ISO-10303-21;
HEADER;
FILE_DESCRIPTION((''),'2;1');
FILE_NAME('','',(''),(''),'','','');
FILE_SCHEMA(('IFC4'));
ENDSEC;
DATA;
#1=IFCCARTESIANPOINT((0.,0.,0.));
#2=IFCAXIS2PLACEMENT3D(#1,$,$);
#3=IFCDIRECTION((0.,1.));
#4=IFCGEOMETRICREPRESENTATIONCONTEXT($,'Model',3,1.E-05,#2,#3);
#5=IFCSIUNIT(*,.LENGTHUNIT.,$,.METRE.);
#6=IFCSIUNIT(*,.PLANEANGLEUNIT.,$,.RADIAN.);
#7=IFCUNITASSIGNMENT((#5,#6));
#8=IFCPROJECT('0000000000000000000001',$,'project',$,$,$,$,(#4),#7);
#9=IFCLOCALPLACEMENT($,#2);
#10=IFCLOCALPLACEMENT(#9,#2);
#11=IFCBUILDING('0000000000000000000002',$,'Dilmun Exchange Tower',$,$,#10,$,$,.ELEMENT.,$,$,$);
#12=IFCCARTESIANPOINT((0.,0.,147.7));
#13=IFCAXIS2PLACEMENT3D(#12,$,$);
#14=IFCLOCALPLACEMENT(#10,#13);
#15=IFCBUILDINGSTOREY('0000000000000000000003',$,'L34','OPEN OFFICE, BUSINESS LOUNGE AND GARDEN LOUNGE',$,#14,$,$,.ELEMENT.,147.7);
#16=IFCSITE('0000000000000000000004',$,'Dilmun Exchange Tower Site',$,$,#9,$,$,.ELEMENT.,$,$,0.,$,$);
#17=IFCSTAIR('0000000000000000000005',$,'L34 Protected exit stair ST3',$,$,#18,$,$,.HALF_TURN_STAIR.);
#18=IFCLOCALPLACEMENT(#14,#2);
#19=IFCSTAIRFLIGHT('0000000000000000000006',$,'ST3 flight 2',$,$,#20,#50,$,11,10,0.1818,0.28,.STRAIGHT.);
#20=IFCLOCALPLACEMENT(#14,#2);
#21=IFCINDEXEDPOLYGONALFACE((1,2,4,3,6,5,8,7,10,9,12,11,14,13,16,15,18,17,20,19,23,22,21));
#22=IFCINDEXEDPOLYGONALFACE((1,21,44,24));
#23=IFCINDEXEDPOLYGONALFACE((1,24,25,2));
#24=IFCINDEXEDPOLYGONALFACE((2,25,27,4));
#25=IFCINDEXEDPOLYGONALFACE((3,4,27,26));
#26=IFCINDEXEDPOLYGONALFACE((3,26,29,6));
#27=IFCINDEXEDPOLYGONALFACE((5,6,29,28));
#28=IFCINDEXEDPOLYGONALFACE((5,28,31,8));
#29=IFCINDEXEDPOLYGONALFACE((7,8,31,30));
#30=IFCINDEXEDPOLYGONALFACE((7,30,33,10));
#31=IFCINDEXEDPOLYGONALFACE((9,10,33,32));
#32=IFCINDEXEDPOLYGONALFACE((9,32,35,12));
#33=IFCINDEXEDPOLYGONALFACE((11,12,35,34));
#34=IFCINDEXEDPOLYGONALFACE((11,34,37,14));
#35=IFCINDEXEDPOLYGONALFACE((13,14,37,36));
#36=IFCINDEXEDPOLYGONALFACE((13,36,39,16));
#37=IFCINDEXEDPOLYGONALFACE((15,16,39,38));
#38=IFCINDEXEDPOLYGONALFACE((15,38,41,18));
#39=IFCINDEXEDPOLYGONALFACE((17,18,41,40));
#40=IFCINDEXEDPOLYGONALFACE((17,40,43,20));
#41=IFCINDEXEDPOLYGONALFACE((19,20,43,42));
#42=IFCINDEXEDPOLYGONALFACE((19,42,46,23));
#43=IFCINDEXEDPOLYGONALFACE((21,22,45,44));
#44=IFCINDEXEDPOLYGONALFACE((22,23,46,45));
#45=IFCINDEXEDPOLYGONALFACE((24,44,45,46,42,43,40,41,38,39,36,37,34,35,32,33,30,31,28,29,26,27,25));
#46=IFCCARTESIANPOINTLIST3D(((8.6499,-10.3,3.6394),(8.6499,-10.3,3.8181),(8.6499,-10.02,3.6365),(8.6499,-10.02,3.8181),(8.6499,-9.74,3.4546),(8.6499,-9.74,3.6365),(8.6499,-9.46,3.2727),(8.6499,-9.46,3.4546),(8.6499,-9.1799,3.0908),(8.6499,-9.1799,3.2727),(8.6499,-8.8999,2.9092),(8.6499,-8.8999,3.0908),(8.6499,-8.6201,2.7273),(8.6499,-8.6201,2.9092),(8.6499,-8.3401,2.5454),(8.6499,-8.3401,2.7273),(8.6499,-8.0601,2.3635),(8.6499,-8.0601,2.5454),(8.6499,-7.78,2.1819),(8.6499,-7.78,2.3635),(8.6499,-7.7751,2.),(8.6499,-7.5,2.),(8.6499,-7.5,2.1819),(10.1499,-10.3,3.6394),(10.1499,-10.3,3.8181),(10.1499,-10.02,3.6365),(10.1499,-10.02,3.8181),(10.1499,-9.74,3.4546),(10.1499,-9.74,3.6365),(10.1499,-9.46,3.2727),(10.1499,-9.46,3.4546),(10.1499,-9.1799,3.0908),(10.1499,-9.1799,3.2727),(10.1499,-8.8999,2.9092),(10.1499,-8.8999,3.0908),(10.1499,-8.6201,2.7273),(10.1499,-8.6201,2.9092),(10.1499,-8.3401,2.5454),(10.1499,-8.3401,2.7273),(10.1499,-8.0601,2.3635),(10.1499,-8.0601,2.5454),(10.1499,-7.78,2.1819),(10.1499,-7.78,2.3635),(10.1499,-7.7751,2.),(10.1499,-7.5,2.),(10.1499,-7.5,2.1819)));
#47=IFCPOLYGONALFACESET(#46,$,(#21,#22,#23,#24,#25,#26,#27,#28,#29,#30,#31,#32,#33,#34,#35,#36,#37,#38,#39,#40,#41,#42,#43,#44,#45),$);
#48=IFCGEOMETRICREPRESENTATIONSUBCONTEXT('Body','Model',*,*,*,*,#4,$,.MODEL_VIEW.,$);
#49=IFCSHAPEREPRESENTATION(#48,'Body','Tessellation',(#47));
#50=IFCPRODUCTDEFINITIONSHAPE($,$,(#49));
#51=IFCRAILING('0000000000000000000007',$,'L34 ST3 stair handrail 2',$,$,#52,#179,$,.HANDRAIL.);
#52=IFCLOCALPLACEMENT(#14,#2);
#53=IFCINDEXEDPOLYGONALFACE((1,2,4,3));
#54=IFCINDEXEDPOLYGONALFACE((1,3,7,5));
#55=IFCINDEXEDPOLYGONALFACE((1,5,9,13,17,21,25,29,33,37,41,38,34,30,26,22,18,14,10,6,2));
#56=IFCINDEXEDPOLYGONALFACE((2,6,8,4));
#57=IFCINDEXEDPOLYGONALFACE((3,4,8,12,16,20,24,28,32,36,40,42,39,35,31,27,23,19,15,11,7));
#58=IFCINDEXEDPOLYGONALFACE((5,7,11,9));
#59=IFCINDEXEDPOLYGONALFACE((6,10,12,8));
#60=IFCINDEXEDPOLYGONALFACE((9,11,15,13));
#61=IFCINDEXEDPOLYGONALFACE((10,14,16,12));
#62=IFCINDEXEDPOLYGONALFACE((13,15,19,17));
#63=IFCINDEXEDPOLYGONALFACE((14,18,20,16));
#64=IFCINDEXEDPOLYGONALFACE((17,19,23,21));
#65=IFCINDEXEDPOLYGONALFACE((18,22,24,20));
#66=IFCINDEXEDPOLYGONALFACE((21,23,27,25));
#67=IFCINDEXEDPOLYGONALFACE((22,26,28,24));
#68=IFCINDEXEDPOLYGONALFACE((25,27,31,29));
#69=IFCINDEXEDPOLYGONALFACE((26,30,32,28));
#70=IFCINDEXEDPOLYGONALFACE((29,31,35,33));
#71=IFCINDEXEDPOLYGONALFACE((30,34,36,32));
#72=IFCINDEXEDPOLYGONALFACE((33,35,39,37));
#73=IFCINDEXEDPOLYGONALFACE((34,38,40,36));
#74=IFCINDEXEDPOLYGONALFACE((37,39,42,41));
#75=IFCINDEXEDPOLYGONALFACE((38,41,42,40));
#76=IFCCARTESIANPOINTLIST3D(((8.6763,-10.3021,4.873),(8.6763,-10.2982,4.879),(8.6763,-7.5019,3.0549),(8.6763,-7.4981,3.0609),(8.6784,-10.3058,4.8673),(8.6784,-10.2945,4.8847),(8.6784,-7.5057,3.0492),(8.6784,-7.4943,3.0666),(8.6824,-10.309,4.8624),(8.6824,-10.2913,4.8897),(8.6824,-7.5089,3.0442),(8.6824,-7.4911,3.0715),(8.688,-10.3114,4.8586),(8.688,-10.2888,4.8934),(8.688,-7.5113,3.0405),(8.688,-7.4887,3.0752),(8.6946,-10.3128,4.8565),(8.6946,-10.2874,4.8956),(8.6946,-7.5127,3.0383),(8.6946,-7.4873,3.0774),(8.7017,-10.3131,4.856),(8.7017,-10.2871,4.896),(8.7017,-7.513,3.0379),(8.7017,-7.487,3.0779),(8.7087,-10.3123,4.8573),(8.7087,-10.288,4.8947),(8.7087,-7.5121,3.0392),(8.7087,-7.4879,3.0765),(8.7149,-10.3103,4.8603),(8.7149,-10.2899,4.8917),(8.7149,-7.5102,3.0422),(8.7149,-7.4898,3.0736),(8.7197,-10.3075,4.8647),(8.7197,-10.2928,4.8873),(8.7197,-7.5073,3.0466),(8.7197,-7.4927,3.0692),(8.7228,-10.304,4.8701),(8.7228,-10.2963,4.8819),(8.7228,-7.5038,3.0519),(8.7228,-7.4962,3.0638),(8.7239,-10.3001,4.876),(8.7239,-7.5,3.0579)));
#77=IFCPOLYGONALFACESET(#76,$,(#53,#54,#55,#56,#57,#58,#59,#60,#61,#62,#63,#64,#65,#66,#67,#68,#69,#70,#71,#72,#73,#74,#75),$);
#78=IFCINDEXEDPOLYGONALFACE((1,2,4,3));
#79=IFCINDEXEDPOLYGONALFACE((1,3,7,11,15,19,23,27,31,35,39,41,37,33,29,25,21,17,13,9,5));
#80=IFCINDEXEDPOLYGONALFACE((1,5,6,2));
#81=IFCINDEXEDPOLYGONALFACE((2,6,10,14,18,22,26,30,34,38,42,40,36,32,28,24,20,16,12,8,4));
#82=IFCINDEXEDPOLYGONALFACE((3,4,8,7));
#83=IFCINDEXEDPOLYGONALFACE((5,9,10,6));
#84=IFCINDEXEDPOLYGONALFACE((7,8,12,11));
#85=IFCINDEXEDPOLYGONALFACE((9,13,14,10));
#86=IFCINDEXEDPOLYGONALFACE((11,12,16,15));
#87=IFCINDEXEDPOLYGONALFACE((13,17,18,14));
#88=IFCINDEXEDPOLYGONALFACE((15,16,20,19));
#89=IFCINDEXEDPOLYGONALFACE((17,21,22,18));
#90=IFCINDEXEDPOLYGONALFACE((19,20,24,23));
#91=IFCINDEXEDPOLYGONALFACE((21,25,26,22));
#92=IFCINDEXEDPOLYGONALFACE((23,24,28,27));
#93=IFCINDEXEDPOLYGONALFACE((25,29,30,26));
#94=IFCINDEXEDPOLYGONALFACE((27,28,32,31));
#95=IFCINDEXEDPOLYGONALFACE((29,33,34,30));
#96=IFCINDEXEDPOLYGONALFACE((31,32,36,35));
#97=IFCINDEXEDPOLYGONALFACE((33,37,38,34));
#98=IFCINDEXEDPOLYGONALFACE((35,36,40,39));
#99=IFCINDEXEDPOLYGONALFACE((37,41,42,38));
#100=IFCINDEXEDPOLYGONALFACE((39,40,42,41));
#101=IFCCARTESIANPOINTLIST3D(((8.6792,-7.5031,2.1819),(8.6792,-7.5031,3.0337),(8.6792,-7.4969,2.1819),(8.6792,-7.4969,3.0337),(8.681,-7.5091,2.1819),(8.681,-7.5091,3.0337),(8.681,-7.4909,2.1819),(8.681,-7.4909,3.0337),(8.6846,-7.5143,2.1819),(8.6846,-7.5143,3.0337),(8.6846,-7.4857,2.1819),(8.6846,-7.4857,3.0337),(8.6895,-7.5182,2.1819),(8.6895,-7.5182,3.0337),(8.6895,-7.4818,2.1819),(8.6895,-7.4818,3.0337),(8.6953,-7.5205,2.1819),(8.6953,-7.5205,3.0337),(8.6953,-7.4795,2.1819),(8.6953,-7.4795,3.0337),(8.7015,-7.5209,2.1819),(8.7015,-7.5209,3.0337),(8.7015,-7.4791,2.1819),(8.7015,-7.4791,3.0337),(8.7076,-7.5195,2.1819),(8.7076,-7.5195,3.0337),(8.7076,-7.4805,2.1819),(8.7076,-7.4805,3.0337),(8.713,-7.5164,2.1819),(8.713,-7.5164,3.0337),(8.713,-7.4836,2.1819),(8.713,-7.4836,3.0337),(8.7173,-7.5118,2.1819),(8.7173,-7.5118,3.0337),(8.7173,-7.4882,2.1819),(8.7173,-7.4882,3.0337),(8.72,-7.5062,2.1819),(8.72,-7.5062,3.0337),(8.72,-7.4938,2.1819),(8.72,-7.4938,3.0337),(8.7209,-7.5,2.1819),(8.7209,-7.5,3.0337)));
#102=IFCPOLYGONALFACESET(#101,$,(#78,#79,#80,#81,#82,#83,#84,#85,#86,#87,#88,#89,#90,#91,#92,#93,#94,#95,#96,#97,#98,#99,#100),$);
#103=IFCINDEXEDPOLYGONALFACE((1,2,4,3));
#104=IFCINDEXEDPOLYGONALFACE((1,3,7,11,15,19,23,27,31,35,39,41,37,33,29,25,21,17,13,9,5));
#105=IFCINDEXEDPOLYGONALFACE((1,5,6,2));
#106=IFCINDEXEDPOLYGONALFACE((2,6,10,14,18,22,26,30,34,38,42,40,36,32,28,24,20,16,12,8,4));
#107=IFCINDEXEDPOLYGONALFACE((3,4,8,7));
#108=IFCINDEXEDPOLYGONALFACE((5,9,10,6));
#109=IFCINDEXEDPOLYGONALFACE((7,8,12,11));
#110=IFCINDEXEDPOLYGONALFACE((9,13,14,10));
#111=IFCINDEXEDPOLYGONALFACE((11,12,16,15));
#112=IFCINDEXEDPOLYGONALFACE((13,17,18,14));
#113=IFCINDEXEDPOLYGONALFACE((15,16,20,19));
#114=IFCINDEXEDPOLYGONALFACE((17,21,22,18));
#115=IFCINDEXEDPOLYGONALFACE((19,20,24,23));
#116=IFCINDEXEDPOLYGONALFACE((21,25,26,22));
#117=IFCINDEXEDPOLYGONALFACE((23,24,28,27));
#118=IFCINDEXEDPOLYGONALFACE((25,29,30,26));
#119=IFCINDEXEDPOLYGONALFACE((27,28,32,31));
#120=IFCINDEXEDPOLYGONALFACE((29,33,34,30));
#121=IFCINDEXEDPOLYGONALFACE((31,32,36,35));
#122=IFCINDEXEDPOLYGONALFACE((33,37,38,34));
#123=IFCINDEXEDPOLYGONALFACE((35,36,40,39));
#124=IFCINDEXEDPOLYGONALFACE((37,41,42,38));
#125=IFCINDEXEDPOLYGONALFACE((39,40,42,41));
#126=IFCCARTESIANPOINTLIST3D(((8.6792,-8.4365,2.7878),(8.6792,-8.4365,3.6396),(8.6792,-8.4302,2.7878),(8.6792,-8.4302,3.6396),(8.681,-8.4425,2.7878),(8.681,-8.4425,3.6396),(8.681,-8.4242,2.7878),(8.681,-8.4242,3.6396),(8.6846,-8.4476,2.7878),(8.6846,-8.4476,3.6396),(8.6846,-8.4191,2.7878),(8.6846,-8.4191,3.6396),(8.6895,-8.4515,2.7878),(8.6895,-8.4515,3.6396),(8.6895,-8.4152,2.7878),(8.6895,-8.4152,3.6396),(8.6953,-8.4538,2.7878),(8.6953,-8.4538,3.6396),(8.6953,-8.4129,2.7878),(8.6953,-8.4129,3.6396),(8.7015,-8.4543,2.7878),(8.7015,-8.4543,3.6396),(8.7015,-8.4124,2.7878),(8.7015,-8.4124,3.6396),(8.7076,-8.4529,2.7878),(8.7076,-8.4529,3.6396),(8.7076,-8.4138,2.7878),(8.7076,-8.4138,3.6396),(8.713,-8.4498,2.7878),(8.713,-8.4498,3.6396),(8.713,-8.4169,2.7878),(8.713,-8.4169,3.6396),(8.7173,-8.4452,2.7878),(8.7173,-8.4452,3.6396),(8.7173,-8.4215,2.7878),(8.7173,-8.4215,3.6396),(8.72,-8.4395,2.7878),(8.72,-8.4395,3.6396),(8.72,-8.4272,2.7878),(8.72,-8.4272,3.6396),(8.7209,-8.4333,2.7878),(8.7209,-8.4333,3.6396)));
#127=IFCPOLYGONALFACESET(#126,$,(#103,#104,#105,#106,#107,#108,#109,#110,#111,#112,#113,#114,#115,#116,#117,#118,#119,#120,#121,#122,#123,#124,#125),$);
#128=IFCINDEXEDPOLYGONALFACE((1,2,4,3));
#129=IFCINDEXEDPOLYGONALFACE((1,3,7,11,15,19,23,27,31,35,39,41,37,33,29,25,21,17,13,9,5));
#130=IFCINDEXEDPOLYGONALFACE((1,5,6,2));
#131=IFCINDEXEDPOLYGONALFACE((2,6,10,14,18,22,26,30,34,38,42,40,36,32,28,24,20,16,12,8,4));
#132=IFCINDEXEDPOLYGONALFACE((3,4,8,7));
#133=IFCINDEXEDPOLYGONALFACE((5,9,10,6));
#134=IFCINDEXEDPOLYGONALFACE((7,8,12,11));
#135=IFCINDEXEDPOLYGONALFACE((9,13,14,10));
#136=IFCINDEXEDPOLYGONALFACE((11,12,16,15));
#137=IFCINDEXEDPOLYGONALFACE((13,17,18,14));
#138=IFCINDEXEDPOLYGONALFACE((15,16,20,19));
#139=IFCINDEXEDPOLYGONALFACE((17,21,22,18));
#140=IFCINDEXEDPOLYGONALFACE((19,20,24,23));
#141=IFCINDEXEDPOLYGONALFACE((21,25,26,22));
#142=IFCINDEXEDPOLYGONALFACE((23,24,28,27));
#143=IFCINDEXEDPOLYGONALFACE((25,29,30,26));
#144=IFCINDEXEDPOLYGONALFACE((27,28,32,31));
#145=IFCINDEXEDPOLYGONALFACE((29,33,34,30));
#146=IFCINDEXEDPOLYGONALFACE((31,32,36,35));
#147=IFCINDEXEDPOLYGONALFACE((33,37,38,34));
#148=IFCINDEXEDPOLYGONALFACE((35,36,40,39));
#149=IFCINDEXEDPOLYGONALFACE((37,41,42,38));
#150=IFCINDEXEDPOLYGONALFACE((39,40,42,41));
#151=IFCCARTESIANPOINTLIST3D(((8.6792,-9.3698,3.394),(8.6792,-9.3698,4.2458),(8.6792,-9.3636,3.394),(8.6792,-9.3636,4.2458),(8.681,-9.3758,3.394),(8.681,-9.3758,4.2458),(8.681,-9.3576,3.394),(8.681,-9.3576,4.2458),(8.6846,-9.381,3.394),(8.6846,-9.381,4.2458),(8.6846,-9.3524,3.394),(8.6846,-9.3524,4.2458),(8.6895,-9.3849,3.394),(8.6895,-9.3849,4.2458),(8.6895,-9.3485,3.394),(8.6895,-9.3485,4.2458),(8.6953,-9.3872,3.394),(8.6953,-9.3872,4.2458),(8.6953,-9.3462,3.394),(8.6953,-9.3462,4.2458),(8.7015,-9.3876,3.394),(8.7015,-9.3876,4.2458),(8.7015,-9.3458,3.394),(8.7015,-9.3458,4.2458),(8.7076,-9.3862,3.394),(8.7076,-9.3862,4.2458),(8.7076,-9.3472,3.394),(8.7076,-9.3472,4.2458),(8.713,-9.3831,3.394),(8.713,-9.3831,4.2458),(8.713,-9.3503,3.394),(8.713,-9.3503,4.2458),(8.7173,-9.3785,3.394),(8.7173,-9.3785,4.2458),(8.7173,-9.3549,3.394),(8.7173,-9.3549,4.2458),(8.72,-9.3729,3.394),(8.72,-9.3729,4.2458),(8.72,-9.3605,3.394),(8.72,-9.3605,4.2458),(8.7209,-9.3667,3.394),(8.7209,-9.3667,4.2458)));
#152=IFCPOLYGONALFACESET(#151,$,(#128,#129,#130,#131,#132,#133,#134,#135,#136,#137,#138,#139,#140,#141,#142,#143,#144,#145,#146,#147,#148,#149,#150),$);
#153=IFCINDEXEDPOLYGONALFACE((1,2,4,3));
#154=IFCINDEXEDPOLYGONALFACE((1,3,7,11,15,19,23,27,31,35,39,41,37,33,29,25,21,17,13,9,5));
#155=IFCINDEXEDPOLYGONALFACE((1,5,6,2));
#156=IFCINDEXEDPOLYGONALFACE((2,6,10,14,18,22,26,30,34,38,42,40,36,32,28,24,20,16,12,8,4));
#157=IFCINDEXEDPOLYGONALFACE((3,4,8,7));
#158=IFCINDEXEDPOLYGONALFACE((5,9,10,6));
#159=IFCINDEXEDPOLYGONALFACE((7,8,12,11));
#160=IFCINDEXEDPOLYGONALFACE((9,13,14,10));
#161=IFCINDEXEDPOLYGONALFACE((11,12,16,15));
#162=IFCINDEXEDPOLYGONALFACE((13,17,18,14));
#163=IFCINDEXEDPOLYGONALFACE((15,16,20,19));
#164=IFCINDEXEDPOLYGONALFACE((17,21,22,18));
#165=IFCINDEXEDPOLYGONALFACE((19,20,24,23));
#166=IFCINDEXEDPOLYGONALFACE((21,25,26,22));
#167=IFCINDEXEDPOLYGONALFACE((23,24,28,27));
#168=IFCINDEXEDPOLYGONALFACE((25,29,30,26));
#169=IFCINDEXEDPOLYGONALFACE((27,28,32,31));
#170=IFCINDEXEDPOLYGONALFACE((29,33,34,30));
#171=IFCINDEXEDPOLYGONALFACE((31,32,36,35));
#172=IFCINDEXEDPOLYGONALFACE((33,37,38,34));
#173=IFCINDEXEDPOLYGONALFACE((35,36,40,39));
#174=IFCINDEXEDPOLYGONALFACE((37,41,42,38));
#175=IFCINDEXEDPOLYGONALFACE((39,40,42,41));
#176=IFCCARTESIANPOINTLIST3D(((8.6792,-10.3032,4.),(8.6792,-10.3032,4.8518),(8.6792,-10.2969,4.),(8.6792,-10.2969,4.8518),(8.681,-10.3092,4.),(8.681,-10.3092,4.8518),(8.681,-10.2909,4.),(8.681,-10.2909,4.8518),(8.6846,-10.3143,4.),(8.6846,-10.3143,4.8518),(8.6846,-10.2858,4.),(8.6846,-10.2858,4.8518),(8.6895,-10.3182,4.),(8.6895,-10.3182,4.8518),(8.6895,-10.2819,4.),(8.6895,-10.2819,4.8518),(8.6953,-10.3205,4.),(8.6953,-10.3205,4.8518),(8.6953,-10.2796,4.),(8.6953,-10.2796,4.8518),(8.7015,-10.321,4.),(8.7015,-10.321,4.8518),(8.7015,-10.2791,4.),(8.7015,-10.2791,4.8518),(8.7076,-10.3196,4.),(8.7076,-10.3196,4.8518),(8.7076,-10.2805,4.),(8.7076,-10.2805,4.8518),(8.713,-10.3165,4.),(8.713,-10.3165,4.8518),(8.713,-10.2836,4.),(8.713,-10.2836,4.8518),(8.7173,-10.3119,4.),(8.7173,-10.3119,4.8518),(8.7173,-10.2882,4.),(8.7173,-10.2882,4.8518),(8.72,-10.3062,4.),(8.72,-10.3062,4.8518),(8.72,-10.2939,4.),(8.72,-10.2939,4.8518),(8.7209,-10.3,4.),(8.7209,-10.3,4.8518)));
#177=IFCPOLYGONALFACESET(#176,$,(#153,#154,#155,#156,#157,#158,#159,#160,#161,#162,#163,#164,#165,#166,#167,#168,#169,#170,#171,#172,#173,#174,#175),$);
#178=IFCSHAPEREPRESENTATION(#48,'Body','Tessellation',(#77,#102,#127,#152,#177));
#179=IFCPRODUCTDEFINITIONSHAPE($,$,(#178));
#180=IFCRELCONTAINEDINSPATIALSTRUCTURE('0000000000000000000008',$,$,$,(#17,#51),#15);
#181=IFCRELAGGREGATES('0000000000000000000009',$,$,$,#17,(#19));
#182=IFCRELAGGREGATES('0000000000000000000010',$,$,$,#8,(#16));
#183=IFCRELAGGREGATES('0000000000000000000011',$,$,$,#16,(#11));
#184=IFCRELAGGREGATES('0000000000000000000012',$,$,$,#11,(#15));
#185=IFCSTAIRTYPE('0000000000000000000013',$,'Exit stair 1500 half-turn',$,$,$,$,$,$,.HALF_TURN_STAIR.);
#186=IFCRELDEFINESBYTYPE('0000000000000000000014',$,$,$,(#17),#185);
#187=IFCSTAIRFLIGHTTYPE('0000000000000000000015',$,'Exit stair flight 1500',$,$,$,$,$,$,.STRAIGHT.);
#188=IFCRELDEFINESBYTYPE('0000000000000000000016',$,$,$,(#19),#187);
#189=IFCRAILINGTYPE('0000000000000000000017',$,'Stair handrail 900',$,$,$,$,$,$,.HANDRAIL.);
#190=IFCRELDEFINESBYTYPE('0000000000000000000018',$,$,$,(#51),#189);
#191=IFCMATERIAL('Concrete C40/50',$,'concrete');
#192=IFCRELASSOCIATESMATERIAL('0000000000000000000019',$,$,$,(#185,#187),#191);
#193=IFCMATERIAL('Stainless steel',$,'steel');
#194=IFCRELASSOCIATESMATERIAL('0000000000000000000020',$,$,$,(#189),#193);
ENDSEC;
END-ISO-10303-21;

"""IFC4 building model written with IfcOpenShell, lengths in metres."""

from ifc_helpers import new_model, si_unit, direction, frame, origin, origin_2d, place, context, subcontext, project, spatial, polyline, circle, outline, extrude, material, type_object, element, aggregate, save


model = new_model("IFC4")

# Units and contexts
model_context = context("Model", 3, precision=1e-05, world=origin(), true_north=direction((0.0, 1.0)))
body_context = subcontext(model_context, "Body", "Model", "MODEL_VIEW")
ifc_project = project(units=[si_unit("LENGTHUNIT", "METRE"), si_unit("PLANEANGLEUNIT", "RADIAN")], contexts=[model_context])

# Site, building, storey
site_placement = place(None, origin())
site = spatial("IfcSite", under=ifc_project, at=site_placement, Name="Dilmun Exchange Tower Site", CompositionType="ELEMENT", RefElevation=0.0)
building_placement = place(site_placement, origin())
building = spatial("IfcBuilding", under=site, at=building_placement, Name="Dilmun Exchange Tower", CompositionType="ELEMENT")
storey_placement = place(building_placement, frame((0.0, 0.0, 147.7)))
storey = spatial("IfcBuildingStorey", under=building, at=storey_placement, Name="L34", Description="OPEN OFFICE, BUSINESS LOUNGE AND GARDEN LOUNGE", CompositionType="ELEMENT", Elevation=147.7)

# Shared definitions
ifc_material_1 = material(Name="Concrete C40/50", Category="concrete")

# Stair, stair flight
stair_type = type_object("IfcStairType", Name="Exit stair 1500 half-turn", PredefinedType="HALF_TURN_STAIR", material=ifc_material_1)
stair_placement = place(storey_placement, origin())
stair = element("IfcStair", 1, at=stair_placement, inside=storey, type_object=stair_type, Name="L34 Protected exit stair ST3", PredefinedType="HALF_TURN_STAIR")
stair_flight_type = type_object("IfcStairFlightType", Name="Exit stair flight 1500", PredefinedType="STRAIGHT", material=ifc_material_1)
stair_flight_1_placement = place(storey_placement, frame((9.3999, -7.5, 2.0), z_axis=(0.0, 0.0, 1.0), x_axis=(0.0, -1.0, 0.0)))
stair_flight_1 = element("IfcStairFlight", 2, at=stair_flight_1_placement, type_object=stair_flight_type, Name="ST3 flight 2", NumberOfRisers=11, NumberOfTreads=10, PredefinedType="STRAIGHT", RiserHeight=0.1818, TreadLength=0.28, context=body_context, shape_type="SweptSolid", body=[
    extrude(outline(polyline([(0.0, 0.0), (0.0, 0.1819), (0.28, 0.1819), (0.28, 0.3635), (0.5601, 0.3635), (0.5601, 0.5454), (0.8401, 0.5454), (0.8401, 0.7273), (1.1201, 0.7273), (1.1201, 0.9092), (1.3999, 0.9092), (1.3999, 1.0908), (1.6799, 1.0908), (1.6799, 1.2727), (1.96, 1.2727), (1.96, 1.4546), (2.24, 1.4546), (2.24, 1.6365), (2.52, 1.6365), (2.52, 1.8181), (2.8, 1.8181), (2.8, 2.0), (2.8, 1.6394), (0.2751, 0.0), (0.0, 0.0)])), frame((0.0, 0.75, 0.0), z_axis=(0.0, -1.0, 0.0), x_axis=(1.0, 0.0, 0.0)), (0.0, 0.0, 1.0), 1.5),
])
aggregate(stair, [stair_flight_1])

# Railing
ifc_material_2 = material(Name="Stainless steel", Category="steel")
railing_type = type_object("IfcRailingType", Name="Stair handrail 900", PredefinedType="HANDRAIL", material=ifc_material_2)
railing_placement = place(storey_placement, frame((8.7, -7.5, 2.1819)))
element("IfcRailing", 3, at=railing_placement, inside=storey, type_object=railing_type, Name="L34 ST3 stair handrail 2", PredefinedType="HANDRAIL", context=body_context, shape_type="SweptSolid", body=[
    extrude(circle(Radius=0.0239, at=origin_2d()), frame((0.0, 0.0, 0.876), z_axis=(0.0, -0.838706, 0.544585), x_axis=(1.0, 0.0, 0.0)), (0.0, 0.0, 1.0), 3.3386),
    extrude(circle(Radius=0.021, at=origin_2d()), origin(), (0.0, 0.0, 1.0), 0.8518),
    extrude(circle(Radius=0.021, at=origin_2d()), frame((0.0, -0.9333, 0.606)), (0.0, 0.0, 1.0), 0.8518),
    extrude(circle(Radius=0.021, at=origin_2d()), frame((0.0, -1.8667, 1.2122)), (0.0, 0.0, 1.0), 0.8518),
    extrude(circle(Radius=0.021, at=origin_2d()), frame((0.0, -2.8, 1.8181)), (0.0, 0.0, 1.0), 0.8518),
])

save(model, "model.ifc")
